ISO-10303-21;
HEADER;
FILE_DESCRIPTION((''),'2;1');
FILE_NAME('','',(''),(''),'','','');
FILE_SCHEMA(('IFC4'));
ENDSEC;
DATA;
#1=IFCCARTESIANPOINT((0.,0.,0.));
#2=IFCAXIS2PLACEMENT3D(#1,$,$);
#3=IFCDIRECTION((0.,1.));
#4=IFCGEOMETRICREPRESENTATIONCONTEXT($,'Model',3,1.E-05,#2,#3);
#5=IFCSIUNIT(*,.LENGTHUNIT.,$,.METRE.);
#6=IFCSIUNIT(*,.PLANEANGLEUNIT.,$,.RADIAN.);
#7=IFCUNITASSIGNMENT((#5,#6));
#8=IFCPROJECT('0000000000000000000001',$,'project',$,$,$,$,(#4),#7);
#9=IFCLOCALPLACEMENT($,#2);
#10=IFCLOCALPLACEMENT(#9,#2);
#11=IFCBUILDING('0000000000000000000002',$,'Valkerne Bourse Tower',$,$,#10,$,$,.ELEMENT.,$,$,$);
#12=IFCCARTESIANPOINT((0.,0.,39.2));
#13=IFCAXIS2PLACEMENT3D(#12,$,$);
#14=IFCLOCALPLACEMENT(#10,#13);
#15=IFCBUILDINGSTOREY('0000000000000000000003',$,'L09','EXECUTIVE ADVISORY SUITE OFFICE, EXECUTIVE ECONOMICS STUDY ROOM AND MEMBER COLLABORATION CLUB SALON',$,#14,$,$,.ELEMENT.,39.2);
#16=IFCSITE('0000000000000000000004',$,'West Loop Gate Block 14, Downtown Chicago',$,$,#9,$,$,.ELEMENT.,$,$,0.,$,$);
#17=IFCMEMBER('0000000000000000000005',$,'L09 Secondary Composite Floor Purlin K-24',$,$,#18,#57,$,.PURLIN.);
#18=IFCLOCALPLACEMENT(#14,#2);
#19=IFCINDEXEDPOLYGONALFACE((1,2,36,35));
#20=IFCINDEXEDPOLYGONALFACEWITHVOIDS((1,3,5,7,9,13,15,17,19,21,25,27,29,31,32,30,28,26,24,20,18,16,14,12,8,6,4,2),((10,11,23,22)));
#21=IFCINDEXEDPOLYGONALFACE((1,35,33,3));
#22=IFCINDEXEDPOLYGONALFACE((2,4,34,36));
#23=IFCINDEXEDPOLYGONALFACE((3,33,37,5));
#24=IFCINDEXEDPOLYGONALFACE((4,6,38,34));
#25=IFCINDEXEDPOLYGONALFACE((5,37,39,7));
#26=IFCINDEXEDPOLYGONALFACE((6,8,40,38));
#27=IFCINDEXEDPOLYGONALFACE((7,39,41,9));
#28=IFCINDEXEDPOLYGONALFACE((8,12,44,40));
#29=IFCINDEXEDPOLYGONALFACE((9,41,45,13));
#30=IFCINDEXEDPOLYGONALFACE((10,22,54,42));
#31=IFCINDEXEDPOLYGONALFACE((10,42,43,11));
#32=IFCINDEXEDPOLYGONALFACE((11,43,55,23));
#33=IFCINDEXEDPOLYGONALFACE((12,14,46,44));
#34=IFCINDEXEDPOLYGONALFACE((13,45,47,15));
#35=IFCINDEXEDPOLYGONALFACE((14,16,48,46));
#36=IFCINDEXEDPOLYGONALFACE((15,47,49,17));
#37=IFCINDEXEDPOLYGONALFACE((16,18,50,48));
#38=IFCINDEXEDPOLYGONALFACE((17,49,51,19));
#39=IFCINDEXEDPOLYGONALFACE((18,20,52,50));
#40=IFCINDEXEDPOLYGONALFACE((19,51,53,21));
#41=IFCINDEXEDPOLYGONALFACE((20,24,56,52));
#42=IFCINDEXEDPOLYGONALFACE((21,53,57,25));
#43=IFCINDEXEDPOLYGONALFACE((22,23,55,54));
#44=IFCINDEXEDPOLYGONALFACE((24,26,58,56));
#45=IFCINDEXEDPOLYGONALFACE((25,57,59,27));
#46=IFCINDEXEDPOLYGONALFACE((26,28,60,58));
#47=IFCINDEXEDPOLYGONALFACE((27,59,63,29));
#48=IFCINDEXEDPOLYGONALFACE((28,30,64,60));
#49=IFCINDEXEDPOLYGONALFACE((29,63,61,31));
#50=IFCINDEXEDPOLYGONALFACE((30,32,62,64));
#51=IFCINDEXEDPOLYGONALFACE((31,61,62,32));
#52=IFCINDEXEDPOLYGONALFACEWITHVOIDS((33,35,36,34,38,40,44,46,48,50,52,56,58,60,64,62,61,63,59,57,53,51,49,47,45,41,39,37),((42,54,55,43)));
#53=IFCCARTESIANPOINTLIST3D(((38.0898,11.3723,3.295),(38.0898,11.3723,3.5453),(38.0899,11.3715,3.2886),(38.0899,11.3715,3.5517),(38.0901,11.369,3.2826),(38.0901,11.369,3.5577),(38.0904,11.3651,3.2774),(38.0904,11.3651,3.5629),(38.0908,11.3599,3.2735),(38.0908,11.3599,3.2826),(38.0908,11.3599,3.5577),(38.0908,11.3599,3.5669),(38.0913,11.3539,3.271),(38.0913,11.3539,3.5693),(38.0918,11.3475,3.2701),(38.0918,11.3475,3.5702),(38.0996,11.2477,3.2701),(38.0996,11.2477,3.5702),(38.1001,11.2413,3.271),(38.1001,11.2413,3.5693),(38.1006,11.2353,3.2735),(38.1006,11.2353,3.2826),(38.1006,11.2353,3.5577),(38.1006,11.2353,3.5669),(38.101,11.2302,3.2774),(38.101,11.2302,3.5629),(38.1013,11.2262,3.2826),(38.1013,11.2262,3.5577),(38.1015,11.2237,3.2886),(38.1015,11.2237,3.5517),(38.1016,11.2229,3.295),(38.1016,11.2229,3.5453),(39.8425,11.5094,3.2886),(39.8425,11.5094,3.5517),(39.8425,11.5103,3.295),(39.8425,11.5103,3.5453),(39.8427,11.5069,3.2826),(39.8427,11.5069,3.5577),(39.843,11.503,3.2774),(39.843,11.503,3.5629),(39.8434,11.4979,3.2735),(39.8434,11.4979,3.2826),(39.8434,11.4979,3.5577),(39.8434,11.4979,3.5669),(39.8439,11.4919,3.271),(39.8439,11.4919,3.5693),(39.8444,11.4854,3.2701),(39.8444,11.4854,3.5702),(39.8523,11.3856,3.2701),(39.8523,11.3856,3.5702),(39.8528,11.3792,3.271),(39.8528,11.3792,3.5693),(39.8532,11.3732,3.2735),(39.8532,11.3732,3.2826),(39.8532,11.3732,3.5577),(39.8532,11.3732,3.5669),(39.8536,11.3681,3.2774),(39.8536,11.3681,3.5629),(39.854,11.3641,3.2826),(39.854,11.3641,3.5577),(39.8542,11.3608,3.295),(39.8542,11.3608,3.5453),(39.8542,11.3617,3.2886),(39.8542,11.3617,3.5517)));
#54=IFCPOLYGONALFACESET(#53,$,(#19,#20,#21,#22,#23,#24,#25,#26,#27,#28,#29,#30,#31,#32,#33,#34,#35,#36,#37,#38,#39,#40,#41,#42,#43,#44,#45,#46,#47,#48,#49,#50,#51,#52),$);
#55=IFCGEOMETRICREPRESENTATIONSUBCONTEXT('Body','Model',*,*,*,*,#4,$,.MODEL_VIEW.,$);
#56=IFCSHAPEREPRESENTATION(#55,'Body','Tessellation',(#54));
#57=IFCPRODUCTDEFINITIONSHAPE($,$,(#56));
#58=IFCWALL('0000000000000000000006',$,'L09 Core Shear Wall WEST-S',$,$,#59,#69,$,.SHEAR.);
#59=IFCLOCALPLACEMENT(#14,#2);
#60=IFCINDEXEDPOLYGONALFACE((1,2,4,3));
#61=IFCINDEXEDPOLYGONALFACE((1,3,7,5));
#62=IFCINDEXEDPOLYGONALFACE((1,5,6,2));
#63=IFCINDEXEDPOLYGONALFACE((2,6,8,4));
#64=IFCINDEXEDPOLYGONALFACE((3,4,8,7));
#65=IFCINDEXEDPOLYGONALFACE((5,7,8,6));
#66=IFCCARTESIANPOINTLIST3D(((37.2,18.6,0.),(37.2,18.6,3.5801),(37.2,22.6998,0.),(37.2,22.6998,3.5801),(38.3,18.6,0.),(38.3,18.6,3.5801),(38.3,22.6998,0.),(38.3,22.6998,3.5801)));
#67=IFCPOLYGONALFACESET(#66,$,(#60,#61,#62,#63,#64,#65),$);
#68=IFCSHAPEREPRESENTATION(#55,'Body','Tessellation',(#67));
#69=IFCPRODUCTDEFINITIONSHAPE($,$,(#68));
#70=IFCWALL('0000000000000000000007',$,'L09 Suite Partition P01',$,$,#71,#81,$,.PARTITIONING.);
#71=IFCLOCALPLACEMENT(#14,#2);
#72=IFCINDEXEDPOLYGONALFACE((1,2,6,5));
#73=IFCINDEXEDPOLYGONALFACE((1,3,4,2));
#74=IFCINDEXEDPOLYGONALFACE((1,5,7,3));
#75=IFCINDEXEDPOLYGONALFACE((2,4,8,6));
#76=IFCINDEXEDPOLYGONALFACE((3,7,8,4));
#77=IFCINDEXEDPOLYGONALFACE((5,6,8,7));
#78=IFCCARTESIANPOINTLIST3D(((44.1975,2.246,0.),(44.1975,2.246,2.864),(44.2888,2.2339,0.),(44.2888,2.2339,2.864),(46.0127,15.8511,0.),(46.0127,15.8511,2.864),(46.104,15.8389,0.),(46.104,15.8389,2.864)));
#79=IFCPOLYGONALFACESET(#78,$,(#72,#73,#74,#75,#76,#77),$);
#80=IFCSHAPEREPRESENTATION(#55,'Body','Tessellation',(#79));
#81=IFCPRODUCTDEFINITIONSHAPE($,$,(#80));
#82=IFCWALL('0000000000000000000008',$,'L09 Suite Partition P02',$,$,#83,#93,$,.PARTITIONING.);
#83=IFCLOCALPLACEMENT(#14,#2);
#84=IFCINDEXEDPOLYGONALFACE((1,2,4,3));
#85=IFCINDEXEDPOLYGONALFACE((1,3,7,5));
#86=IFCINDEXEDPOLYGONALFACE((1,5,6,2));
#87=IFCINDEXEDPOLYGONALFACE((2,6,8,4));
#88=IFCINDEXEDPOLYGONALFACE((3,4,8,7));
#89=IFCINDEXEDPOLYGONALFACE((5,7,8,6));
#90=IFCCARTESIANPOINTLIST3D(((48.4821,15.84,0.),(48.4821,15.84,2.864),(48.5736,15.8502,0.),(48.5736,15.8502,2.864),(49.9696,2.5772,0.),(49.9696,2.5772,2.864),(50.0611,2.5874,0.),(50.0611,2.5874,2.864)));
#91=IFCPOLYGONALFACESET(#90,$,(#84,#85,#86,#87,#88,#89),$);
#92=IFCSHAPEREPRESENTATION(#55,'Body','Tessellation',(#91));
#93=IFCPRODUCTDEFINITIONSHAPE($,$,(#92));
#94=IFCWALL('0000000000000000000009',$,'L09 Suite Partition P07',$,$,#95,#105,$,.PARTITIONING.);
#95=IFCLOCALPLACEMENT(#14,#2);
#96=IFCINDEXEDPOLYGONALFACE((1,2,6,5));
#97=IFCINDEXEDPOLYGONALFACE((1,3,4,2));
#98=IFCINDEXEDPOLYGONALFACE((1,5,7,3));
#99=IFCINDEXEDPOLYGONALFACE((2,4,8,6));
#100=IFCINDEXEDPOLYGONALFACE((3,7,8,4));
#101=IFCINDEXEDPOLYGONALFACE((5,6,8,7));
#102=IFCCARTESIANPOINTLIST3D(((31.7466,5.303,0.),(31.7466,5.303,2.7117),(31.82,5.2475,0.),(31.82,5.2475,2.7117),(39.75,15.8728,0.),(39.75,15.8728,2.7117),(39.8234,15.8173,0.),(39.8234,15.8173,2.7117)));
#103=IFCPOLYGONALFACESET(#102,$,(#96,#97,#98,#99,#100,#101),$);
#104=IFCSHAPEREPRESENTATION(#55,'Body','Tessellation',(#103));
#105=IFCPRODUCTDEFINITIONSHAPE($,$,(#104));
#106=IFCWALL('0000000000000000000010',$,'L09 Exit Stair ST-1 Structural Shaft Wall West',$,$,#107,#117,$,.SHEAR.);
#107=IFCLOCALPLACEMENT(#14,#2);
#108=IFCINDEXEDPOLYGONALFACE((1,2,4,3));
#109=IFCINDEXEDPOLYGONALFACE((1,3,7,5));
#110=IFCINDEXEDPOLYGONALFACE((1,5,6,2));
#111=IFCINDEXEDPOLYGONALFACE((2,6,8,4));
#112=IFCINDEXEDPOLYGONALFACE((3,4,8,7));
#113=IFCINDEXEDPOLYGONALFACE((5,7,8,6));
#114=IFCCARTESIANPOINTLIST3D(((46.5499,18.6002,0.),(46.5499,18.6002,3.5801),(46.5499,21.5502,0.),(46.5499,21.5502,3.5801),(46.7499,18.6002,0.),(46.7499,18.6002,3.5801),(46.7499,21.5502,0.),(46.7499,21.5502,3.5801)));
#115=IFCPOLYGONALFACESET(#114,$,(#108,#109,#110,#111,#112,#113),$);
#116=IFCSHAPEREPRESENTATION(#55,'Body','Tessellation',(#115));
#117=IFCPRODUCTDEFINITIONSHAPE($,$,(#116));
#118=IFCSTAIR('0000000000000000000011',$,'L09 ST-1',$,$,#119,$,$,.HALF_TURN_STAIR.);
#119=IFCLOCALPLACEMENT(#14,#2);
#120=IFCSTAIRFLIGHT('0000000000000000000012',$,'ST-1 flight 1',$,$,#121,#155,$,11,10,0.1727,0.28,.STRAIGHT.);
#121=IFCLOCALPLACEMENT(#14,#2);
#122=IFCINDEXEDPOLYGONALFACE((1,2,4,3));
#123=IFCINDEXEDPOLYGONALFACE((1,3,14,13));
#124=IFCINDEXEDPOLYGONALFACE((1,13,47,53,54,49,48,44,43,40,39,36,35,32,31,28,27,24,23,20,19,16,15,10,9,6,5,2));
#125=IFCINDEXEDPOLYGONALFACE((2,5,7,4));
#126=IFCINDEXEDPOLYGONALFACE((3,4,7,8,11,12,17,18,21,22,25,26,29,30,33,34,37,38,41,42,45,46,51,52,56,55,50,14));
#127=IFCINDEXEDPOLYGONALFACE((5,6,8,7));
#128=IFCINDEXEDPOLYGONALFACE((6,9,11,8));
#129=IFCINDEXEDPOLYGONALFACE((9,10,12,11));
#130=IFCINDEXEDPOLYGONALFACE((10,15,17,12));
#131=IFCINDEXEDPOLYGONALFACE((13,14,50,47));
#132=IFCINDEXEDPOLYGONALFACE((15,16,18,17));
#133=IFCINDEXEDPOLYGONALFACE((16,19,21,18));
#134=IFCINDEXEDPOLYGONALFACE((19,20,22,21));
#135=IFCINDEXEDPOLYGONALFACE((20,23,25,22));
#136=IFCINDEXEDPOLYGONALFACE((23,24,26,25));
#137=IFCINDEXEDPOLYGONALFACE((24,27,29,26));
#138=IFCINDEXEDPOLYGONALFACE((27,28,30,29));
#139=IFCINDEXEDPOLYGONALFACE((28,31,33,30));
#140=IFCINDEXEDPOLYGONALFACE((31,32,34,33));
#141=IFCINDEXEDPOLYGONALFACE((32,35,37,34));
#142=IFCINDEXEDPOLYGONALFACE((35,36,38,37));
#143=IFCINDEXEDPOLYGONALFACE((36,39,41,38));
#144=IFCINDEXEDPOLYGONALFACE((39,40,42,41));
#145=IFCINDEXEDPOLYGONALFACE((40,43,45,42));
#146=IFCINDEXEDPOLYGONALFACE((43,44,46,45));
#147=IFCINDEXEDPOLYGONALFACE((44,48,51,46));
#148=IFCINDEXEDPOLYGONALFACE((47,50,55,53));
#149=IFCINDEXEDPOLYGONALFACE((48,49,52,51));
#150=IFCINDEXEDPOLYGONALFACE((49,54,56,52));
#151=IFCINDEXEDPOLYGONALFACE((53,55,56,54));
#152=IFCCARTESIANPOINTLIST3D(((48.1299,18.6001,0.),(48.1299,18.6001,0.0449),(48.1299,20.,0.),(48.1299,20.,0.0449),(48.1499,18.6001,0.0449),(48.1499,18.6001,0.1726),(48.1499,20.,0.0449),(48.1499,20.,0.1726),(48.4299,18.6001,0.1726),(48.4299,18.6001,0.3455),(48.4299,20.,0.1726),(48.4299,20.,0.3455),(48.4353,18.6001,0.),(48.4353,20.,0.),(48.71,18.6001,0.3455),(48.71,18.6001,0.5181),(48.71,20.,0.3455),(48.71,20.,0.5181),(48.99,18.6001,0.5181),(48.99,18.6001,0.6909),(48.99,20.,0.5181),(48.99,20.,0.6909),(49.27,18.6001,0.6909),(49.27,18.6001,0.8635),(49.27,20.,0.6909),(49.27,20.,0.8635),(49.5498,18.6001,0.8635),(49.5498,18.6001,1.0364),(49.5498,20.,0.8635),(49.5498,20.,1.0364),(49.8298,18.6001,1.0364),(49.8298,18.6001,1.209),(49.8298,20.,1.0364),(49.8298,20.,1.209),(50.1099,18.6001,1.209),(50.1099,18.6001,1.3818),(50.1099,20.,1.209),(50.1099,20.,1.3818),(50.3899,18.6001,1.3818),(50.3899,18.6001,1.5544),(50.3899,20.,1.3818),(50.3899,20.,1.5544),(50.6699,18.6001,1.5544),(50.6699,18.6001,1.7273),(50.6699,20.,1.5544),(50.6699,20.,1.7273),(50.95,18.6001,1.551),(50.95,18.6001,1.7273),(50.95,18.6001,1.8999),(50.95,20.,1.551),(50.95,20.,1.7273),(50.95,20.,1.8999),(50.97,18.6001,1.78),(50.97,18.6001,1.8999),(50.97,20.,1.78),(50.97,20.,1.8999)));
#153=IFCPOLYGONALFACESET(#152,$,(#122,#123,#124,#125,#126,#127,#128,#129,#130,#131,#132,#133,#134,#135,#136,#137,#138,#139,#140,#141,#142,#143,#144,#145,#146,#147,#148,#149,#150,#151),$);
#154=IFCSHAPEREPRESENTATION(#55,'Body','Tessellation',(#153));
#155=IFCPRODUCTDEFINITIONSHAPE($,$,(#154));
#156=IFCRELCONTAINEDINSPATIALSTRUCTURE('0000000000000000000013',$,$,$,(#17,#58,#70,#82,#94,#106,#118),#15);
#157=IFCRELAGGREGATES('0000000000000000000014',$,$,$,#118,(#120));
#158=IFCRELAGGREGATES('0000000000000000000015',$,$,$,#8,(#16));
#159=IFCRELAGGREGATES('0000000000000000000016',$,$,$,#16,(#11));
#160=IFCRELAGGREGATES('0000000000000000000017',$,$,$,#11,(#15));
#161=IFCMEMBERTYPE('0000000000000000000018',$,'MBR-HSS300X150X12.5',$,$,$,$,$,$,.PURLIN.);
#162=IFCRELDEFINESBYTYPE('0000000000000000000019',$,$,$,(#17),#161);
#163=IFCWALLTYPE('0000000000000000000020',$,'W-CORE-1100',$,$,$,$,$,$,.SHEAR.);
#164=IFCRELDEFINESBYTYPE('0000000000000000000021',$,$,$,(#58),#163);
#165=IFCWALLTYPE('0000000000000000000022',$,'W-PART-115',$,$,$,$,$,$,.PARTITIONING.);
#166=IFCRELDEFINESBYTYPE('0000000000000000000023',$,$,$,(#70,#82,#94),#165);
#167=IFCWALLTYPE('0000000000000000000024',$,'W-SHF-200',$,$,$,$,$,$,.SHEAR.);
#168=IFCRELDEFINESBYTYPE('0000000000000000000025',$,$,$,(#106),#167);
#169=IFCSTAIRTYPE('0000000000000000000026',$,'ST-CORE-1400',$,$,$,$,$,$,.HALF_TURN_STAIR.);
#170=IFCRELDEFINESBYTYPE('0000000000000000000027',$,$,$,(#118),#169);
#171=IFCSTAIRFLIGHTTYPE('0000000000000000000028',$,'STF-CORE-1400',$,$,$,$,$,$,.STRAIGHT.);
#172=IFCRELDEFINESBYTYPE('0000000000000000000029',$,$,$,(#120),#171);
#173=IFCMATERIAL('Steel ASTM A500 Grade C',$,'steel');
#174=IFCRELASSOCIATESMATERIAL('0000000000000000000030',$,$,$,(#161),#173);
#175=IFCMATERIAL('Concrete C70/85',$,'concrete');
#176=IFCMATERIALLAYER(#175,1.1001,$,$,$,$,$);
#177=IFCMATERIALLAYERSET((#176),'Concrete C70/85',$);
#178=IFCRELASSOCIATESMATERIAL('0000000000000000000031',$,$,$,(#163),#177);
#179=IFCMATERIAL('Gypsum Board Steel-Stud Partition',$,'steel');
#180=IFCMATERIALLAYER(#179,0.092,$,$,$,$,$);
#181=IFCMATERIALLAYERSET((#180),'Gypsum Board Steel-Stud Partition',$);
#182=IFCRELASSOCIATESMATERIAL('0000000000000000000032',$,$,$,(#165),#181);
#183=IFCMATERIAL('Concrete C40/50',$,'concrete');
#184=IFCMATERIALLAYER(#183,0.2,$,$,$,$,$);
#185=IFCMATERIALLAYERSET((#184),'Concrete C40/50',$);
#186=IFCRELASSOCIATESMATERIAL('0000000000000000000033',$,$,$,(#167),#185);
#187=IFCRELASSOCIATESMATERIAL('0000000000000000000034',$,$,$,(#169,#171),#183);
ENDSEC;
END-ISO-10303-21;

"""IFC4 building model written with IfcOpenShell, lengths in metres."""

from ifc_helpers import new_model, si_unit, direction, frame, frame_2d, origin, origin_2d, place, context, subcontext, project, spatial, polyline, rectangle, hollow_rectangle, outline, extrude, material, layer, layer_set, material_profile, profile_set, type_object, element, aggregate, save


model = new_model("IFC4")

# Units and contexts
model_context = context("Model", 3, precision=1e-05, world=origin(), true_north=direction((0.0, 1.0)))
body_context = subcontext(model_context, "Body", "Model", "MODEL_VIEW")
ifc_project = project(units=[si_unit("LENGTHUNIT", "METRE"), si_unit("PLANEANGLEUNIT", "RADIAN")], contexts=[model_context])

# Site, building, storey
site_placement = place(None, origin())
site = spatial("IfcSite", under=ifc_project, at=site_placement, Name="West Loop Gate Block 14, Downtown Chicago", CompositionType="ELEMENT", RefElevation=0.0)
building_placement = place(site_placement, origin())
building = spatial("IfcBuilding", under=site, at=building_placement, Name="Valkerne Bourse Tower", CompositionType="ELEMENT")
storey_placement = place(building_placement, frame((0.0, 0.0, 39.2)))
storey = spatial("IfcBuildingStorey", under=building, at=storey_placement, Name="L09", Description="EXECUTIVE ADVISORY SUITE OFFICE, EXECUTIVE ECONOMICS STUDY ROOM AND MEMBER COLLABORATION CLUB SALON", CompositionType="ELEMENT", Elevation=39.2)

# Member
ifc_material_1 = material(Name="Steel ASTM A500 Grade C", Category="steel")
ifc_material_profile = material_profile(ifc_material_1, hollow_rectangle(XDim=0.1499, YDim=0.3, WallThickness=0.0125, OuterFilletRadius=0.0249, at=origin_2d()), Name="HSS300X150X12.5")
ifc_profile_set = profile_set([ifc_material_profile], Name="Steel ASTM A500 Grade C")
member_type = type_object("IfcMemberType", Name="MBR-HSS300X150X12.5", PredefinedType="PURLIN", material=ifc_profile_set)
member_placement = place(storey_placement, frame((38.0957, 11.2976, 3.4202), z_axis=(0.996917, 0.078459, 0.0), x_axis=(-0.078459, 0.996917, 0.0)))
element("IfcMember", 1, at=member_placement, inside=storey, type_object=member_type, Name="L09 Secondary Composite Floor Purlin K-24", PredefinedType="PURLIN", context=body_context, shape_type="SweptSolid", body=[
    extrude(hollow_rectangle(XDim=0.1499, YDim=0.3, WallThickness=0.0125, OuterFilletRadius=0.0249, at=origin_2d()), origin(), (0.0, 0.0, 1.0), 1.7581),
])

# Shared definitions
ifc_material_2 = material(Name="Concrete C70/85", Category="concrete")
ifc_layer_1 = layer(ifc_material_2, 1.1001)
ifc_layer_set_1 = layer_set([ifc_layer_1], Name="Concrete C70/85")
wall_type_1 = type_object("IfcWallType", Name="W-CORE-1100", PredefinedType="SHEAR", material=ifc_layer_set_1)

# Wall
wall_1_placement = place(storey_placement, frame((37.75, 18.6001, 0.0), z_axis=(0.0, 0.0, 1.0), x_axis=(0.0, 1.0, 0.0)))
element("IfcWall", 2, at=wall_1_placement, inside=storey, type_object=wall_type_1, Name="L09 Core Shear Wall WEST-S", PredefinedType="SHEAR", context=body_context, shape_type="SweptSolid", body=[
    extrude(rectangle(XDim=4.0999, YDim=1.1001, at=frame_2d((2.0498, 0.0))), origin(), (0.0, 0.0, 1.0), 3.5801),
])

# Walls
ifc_material_3 = material(Name="Gypsum Board Steel-Stud Partition", Category="steel")
ifc_layer_2 = layer(ifc_material_3, 0.092)
ifc_layer_set_2 = layer_set([ifc_layer_2], Name="Gypsum Board Steel-Stud Partition")
wall_type_2 = type_object("IfcWallType", Name="W-PART-115", PredefinedType="PARTITIONING", material=ifc_layer_set_2)
wall_2_placement = place(storey_placement, frame((46.0583, 15.845, 0.0), z_axis=(0.0, 0.0, 1.0), x_axis=(-0.132249, -0.991217, 0.0)))
element("IfcWall", 3, at=wall_2_placement, inside=storey, type_object=wall_type_2, Name="L09 Suite Partition P01", PredefinedType="PARTITIONING", context=body_context, shape_type="SweptSolid", body=[
    extrude(rectangle(XDim=13.7256, YDim=0.092, at=frame_2d((6.8628, 0.0))), origin(), (0.0, 0.0, 1.0), 2.864),
])
wall_3_placement = place(storey_placement, frame((48.5278, 15.845, 0.0), z_axis=(0.0, 0.0, 1.0), x_axis=(0.111461, -0.993769, 0.0)))
element("IfcWall", 4, at=wall_3_placement, inside=storey, type_object=wall_type_2, Name="L09 Suite Partition P02", PredefinedType="PARTITIONING", context=body_context, shape_type="SweptSolid", body=[
    extrude(rectangle(XDim=13.3459, YDim=0.092, at=frame_2d((6.6729, 0.0))), origin(), (0.0, 0.0, 1.0), 2.864),
])
wall_4_placement = place(storey_placement, frame((39.7866, 15.845, 0.0), z_axis=(0.0, 0.0, 1.0), x_axis=(-0.603665, -0.797238, 0.0)))
element("IfcWall", 5, at=wall_4_placement, inside=storey, type_object=wall_type_2, Name="L09 Suite Partition P07", PredefinedType="PARTITIONING", context=body_context, shape_type="SweptSolid", body=[
    extrude(rectangle(XDim=13.2581, YDim=0.092, at=frame_2d((6.6289, 0.0))), origin(), (0.0, 0.0, 1.0), 2.7117),
])
ifc_material_4 = material(Name="Concrete C40/50", Category="concrete")
ifc_layer_3 = layer(ifc_material_4, 0.2)
ifc_layer_set_3 = layer_set([ifc_layer_3], Name="Concrete C40/50")
wall_type_3 = type_object("IfcWallType", Name="W-SHF-200", PredefinedType="SHEAR", material=ifc_layer_set_3)
wall_5_placement = place(storey_placement, frame((46.6499, 18.6001, 0.0), z_axis=(0.0, 0.0, 1.0), x_axis=(0.0, 1.0, 0.0)))
element("IfcWall", 6, at=wall_5_placement, inside=storey, type_object=wall_type_3, Name="L09 Exit Stair ST-1 Structural Shaft Wall West", PredefinedType="SHEAR", context=body_context, shape_type="SweptSolid", body=[
    extrude(rectangle(XDim=2.95, YDim=0.2, at=frame_2d((1.4751, 0.0))), origin(), (0.0, 0.0, 1.0), 3.5801),
])

# Stair, stair flight
stair_type = type_object("IfcStairType", Name="ST-CORE-1400", PredefinedType="HALF_TURN_STAIR", material=ifc_material_4)
stair_placement = place(storey_placement, origin())
stair = element("IfcStair", 7, at=stair_placement, inside=storey, type_object=stair_type, Name="L09 ST-1", PredefinedType="HALF_TURN_STAIR")
stair_flight_type = type_object("IfcStairFlightType", Name="STF-CORE-1400", PredefinedType="STRAIGHT", material=ifc_material_4)
stair_flight_placement = place(storey_placement, frame((48.1499, 19.3, 0.0), z_axis=(0.0, 0.0, 1.0), x_axis=(1.0, 0.0, 0.0)))
stair_flight = element("IfcStairFlight", 8, at=stair_flight_placement, type_object=stair_flight_type, Name="ST-1 flight 1", NumberOfRisers=11, NumberOfTreads=10, PredefinedType="STRAIGHT", RiserHeight=0.1727, TreadLength=0.28, context=body_context, shape_type="SweptSolid", body=[
    extrude(outline(polyline([(-0.02, 0.0), (-0.02, 0.0449), (0.0, 0.0449), (0.0, 0.1726), (0.28, 0.1726), (0.28, 0.3455), (0.5601, 0.3455), (0.5601, 0.5181), (0.8401, 0.5181), (0.8401, 0.6909), (1.1201, 0.6909), (1.1201, 0.8635), (1.3999, 0.8635), (1.3999, 1.0364), (1.6799, 1.0364), (1.6799, 1.209), (1.96, 1.209), (1.96, 1.3818), (2.24, 1.3818), (2.24, 1.5544), (2.52, 1.5544), (2.52, 1.7273), (2.8, 1.7273), (2.8, 1.8999), (2.8201, 1.8999), (2.8201, 1.78), (2.8, 1.551), (0.2854, 0.0), (-0.02, 0.0)])), frame((0.0, 0.7, 0.0), z_axis=(0.0, -1.0, 0.0), x_axis=(1.0, 0.0, 0.0)), (0.0, 0.0, 1.0), 1.3999),
])
aggregate(stair, [stair_flight])

save(model, "model.ifc")
